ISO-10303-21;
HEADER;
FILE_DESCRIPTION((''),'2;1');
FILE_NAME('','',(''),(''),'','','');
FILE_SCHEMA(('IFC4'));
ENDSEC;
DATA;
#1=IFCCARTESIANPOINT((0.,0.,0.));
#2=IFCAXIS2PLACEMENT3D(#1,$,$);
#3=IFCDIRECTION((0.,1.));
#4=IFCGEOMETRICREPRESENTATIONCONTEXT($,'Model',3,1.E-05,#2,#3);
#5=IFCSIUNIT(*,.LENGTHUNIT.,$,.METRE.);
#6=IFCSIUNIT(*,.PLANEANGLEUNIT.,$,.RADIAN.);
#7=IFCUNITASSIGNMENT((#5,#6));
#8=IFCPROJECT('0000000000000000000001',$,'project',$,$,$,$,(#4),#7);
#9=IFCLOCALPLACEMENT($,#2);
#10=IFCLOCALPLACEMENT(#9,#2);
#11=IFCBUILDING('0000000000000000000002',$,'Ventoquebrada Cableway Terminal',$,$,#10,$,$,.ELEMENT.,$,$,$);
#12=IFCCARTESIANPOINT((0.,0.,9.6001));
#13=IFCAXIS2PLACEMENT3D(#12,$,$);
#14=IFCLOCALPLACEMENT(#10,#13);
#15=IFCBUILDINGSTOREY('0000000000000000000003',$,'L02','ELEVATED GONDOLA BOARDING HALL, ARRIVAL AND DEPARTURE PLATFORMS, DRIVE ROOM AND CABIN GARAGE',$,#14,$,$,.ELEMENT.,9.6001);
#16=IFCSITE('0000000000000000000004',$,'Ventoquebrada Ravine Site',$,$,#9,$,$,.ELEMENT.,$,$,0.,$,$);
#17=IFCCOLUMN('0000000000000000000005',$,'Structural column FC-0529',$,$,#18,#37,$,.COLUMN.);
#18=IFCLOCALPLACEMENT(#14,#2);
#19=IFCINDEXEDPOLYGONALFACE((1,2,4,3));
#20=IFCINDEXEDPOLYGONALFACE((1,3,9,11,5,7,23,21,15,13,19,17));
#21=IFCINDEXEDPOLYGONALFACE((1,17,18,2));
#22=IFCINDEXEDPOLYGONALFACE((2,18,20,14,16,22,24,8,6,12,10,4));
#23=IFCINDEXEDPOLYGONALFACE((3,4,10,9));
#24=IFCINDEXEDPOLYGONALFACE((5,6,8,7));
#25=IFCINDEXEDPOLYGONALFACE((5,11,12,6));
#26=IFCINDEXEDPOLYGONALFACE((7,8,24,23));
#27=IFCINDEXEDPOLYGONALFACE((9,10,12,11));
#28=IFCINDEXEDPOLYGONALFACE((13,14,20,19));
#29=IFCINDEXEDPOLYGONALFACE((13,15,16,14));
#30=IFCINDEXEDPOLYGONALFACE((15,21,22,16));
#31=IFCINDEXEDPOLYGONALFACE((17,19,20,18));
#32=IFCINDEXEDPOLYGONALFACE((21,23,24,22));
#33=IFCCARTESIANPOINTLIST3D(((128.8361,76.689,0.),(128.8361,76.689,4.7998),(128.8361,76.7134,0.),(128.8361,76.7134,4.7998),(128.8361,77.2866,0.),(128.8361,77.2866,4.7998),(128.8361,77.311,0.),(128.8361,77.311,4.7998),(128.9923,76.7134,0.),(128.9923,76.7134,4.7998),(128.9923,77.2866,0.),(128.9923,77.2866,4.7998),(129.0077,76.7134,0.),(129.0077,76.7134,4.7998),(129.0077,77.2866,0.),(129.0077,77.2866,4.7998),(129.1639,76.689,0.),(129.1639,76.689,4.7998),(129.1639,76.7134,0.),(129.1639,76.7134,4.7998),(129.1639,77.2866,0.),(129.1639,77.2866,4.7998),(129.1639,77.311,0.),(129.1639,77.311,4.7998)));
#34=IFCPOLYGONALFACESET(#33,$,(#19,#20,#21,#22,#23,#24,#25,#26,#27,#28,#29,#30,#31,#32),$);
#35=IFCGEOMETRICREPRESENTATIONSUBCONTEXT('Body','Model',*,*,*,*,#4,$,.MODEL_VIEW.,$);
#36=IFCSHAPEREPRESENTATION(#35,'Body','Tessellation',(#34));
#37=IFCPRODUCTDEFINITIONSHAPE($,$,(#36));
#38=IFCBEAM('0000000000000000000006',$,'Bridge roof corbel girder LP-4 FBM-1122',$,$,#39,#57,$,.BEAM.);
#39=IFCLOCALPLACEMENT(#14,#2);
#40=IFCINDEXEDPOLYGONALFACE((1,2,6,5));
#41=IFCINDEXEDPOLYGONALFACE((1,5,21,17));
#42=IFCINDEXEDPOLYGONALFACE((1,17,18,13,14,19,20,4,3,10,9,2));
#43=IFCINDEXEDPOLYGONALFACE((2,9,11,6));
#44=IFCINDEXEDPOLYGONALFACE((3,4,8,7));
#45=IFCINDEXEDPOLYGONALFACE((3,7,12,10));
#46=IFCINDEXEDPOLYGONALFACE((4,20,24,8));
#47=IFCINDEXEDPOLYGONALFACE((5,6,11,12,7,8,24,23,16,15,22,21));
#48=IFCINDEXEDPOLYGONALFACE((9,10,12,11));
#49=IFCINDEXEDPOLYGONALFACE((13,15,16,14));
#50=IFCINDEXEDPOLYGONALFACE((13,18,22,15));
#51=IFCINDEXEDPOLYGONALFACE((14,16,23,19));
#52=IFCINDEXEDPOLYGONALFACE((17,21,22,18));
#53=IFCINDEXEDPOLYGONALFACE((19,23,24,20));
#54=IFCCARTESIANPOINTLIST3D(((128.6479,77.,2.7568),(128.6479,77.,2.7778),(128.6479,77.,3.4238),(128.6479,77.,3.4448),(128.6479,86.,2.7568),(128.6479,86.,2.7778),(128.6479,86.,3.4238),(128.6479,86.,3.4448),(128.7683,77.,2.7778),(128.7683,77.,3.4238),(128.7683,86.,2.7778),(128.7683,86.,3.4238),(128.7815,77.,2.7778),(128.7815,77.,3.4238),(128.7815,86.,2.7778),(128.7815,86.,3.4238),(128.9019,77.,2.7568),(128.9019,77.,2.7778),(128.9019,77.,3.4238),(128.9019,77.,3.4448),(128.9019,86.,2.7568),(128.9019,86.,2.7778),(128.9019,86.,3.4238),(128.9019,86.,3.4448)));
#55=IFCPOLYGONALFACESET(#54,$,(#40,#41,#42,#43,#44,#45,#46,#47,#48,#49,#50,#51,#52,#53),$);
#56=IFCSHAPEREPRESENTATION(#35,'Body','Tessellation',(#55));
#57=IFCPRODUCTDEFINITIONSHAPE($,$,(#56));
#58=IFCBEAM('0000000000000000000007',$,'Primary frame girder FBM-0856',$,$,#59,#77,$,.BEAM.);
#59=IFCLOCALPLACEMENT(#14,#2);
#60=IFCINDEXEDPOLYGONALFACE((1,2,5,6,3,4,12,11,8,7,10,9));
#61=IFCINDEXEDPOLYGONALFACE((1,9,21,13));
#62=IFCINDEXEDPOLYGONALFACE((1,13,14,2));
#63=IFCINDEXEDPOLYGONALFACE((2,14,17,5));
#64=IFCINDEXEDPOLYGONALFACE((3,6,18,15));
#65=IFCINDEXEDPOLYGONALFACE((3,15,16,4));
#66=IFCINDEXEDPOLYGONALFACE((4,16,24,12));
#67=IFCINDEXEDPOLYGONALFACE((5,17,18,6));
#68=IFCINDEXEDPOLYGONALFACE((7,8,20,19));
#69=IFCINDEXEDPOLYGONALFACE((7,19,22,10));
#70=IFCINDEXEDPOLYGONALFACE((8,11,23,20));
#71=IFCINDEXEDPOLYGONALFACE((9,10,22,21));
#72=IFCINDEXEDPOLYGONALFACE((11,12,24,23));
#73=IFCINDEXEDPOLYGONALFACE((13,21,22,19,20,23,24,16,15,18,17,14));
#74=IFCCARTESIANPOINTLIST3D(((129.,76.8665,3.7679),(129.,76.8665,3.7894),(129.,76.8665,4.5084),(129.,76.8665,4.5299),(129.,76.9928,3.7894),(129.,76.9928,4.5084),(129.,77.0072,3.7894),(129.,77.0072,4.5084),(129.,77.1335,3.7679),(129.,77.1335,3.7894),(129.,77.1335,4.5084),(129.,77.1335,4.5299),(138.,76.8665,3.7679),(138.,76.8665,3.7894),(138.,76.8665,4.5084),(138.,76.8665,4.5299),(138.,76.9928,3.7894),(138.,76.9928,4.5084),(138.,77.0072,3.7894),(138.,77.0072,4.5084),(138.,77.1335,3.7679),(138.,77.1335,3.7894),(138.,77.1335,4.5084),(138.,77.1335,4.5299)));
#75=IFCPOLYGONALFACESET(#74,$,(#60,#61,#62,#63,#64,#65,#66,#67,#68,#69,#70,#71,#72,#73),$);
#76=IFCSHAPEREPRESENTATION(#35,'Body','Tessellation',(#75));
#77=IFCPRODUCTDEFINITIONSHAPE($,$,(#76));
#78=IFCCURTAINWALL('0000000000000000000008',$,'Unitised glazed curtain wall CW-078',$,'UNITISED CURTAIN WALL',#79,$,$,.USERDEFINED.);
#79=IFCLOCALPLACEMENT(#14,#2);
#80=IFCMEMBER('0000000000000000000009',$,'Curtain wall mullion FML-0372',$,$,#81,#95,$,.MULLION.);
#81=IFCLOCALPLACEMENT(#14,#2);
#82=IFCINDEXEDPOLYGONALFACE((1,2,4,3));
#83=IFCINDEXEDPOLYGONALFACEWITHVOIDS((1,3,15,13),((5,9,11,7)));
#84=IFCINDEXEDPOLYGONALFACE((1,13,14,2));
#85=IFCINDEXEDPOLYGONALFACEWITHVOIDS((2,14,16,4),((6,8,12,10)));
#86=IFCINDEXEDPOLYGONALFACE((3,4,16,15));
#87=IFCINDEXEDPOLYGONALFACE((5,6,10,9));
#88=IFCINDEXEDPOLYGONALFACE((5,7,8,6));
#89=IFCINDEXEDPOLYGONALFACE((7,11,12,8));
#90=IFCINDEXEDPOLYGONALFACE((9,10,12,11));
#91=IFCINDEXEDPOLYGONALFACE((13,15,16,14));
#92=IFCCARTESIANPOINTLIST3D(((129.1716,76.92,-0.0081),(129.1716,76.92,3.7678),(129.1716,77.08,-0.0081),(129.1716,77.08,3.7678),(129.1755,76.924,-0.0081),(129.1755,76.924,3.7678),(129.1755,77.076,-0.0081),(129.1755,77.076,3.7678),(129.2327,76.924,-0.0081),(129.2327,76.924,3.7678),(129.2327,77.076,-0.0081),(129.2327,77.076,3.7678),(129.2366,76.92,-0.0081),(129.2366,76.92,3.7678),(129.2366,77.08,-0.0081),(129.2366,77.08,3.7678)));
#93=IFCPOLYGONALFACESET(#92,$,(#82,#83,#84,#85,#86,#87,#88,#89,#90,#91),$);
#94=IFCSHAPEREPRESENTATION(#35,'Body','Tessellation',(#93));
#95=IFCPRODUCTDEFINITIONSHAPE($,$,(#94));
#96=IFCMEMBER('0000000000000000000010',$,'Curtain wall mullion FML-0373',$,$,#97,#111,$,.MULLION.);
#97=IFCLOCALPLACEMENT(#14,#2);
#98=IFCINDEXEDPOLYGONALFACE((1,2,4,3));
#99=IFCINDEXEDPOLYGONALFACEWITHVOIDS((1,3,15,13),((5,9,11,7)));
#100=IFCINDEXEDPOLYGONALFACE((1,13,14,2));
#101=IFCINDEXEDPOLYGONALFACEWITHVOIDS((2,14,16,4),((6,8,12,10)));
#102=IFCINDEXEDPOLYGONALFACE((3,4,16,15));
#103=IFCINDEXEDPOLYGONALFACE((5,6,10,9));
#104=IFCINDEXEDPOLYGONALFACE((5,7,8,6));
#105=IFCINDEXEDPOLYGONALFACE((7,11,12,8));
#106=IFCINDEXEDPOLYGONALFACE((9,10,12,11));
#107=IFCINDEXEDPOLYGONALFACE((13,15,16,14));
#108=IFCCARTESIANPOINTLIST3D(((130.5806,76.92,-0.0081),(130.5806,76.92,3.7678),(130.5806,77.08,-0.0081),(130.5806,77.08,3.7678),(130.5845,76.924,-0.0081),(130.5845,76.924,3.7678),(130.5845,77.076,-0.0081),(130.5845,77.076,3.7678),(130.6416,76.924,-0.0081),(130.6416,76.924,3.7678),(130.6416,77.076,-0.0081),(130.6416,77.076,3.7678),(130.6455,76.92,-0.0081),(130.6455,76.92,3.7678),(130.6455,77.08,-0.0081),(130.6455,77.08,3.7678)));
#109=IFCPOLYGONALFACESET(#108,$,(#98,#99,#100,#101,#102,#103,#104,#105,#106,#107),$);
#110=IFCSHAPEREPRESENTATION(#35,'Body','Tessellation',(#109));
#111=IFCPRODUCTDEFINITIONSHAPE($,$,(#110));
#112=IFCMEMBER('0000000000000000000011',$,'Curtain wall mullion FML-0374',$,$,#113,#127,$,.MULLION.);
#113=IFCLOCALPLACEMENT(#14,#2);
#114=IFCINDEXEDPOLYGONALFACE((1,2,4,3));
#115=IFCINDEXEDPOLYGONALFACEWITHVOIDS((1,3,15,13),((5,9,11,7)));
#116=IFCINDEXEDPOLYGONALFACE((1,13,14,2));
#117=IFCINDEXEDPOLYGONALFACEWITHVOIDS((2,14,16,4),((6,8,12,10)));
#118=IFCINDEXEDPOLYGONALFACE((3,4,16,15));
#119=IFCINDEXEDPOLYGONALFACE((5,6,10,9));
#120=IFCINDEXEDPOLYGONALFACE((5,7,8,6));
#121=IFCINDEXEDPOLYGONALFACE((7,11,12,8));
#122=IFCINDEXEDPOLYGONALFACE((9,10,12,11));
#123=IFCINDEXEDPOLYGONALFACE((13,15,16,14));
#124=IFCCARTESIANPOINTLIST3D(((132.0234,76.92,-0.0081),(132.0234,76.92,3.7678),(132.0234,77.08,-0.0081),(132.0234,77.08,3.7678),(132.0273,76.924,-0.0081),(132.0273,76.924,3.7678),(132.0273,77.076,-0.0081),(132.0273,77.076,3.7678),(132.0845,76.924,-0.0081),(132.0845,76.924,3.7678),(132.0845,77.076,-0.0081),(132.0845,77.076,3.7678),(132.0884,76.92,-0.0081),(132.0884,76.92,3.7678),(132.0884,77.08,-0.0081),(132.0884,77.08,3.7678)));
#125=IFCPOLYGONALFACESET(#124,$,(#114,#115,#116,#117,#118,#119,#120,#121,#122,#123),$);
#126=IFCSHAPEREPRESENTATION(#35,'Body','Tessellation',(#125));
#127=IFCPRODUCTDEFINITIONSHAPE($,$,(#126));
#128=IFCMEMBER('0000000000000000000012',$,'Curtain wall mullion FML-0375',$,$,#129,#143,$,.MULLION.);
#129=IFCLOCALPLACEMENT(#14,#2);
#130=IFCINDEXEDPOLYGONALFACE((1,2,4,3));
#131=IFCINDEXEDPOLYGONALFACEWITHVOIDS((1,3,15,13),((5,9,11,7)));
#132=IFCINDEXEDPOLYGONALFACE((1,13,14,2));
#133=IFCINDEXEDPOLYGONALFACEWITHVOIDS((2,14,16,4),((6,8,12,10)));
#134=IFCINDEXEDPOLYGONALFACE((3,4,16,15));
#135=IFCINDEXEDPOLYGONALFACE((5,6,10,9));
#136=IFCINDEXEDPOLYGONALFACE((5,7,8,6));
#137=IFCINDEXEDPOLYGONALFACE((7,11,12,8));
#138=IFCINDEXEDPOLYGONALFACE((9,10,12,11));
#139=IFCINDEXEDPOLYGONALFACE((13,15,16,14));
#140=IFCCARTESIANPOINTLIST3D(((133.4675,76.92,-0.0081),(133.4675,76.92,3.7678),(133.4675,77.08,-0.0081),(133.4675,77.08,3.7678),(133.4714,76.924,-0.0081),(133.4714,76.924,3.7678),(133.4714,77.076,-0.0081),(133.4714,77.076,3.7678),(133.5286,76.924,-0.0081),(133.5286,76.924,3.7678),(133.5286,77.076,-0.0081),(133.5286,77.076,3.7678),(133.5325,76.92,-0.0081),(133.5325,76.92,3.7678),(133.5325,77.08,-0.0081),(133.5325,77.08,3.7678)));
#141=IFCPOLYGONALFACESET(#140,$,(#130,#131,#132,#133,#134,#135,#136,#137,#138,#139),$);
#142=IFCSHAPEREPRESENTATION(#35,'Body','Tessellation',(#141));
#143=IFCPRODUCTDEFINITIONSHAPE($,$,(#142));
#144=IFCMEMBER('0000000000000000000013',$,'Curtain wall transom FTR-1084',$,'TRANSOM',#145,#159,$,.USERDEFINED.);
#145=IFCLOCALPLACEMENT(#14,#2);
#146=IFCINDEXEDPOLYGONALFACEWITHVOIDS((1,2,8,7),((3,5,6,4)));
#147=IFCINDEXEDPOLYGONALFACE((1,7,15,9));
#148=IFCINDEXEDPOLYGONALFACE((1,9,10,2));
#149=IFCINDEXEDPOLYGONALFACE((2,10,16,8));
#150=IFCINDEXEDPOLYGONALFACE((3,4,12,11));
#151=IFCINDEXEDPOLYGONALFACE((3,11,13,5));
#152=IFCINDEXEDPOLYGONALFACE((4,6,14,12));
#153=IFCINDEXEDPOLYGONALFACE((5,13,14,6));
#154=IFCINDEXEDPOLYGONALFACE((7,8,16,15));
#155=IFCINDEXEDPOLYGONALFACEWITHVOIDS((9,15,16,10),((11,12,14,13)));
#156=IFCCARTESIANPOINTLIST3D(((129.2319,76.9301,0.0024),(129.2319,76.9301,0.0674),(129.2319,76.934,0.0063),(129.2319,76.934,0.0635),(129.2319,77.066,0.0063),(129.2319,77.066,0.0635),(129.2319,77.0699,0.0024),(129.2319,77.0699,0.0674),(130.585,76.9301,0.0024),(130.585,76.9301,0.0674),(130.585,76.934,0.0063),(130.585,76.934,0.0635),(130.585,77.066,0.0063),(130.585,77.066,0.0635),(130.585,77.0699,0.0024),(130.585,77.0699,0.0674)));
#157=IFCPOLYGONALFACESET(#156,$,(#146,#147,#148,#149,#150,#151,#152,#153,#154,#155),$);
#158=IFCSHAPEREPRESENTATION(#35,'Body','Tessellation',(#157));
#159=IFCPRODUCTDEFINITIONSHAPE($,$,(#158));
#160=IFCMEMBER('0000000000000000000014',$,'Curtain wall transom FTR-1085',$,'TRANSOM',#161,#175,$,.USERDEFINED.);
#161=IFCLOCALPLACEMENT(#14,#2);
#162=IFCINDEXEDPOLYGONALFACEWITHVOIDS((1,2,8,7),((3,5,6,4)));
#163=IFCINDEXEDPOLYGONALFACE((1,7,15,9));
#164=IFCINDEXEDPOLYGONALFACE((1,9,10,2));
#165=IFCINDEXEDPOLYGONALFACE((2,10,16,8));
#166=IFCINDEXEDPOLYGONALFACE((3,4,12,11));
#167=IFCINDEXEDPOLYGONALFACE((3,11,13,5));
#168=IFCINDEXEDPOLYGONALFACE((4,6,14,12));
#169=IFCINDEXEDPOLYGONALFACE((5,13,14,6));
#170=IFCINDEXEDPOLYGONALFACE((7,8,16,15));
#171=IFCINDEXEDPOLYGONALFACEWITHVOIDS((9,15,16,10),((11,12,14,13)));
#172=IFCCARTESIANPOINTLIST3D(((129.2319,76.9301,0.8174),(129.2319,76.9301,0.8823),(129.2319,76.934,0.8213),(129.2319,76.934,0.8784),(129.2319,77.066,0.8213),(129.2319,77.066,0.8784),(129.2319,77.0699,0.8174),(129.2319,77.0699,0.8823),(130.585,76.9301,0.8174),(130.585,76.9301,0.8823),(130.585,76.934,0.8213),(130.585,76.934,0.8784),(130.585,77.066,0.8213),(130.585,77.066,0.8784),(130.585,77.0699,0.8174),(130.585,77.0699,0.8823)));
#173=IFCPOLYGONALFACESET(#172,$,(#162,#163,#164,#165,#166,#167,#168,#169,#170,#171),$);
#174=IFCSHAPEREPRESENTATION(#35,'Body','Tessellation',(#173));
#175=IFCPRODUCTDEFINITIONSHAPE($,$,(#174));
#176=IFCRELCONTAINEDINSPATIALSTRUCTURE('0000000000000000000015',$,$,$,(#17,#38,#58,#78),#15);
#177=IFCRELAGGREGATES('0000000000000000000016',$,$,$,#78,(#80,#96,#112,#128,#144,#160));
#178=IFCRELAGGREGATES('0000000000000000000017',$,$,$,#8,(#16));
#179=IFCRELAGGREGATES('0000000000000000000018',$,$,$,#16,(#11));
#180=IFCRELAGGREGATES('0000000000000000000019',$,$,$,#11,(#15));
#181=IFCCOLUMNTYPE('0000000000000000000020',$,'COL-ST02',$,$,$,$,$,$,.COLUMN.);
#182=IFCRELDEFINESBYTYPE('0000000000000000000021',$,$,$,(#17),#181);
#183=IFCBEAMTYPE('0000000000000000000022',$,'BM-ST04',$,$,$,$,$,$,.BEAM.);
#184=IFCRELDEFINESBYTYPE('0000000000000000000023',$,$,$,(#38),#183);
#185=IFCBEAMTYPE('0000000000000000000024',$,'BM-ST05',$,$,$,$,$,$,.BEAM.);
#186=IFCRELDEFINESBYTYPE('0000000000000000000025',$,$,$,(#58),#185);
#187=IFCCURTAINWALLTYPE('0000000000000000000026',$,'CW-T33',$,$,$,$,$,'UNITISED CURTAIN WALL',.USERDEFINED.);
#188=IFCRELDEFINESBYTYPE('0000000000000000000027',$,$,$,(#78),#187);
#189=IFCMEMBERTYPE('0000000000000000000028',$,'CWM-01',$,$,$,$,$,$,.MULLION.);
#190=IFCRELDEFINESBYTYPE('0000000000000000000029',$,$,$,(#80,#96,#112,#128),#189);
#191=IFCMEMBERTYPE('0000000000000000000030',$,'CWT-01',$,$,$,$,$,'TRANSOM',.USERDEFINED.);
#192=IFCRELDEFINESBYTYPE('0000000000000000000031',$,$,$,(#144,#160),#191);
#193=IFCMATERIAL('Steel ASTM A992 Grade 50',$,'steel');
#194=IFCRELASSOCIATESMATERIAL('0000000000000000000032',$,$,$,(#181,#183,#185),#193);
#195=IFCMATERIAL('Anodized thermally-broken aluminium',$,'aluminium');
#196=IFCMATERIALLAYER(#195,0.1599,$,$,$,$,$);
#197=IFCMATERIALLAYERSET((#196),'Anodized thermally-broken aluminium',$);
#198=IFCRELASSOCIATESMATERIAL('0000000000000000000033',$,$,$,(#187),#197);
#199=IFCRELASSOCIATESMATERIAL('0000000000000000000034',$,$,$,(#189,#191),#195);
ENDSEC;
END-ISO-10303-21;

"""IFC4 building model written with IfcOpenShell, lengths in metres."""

from ifc_helpers import new_model, si_unit, direction, frame, origin, origin_2d, place, context, subcontext, project, spatial, hollow_rectangle, i_section, extrude, material, layer, layer_set, material_profile, profile_set, type_object, element, aggregate, save


model = new_model("IFC4")

# Units and contexts
model_context = context("Model", 3, precision=1e-05, world=origin(), true_north=direction((0.0, 1.0)))
body_context = subcontext(model_context, "Body", "Model", "MODEL_VIEW")
ifc_project = project(units=[si_unit("LENGTHUNIT", "METRE"), si_unit("PLANEANGLEUNIT", "RADIAN")], contexts=[model_context])

# Site, building, storey
site_placement = place(None, origin())
site = spatial("IfcSite", under=ifc_project, at=site_placement, Name="Ventoquebrada Ravine Site", CompositionType="ELEMENT", RefElevation=0.0)
building_placement = place(site_placement, origin())
building = spatial("IfcBuilding", under=site, at=building_placement, Name="Ventoquebrada Cableway Terminal", CompositionType="ELEMENT")
storey_placement = place(building_placement, frame((0.0, 0.0, 9.6001)))
storey = spatial("IfcBuildingStorey", under=building, at=storey_placement, Name="L02", Description="ELEVATED GONDOLA BOARDING HALL, ARRIVAL AND DEPARTURE PLATFORMS, DRIVE ROOM AND CABIN GARAGE", CompositionType="ELEMENT", Elevation=9.6001)

# Column
ifc_material_1 = material(Name="Steel ASTM A992 Grade 50", Category="steel")
ifc_material_profile_1 = material_profile(ifc_material_1, i_section(OverallWidth=0.3279, OverallDepth=0.6221, WebThickness=0.0154, FlangeThickness=0.0244, at=origin_2d()), Name="W24X131")
ifc_profile_set_1 = profile_set([ifc_material_profile_1], Name="Steel ASTM A992 Grade 50")
column_type = type_object("IfcColumnType", Name="COL-ST02", PredefinedType="COLUMN", material=ifc_profile_set_1)
column_placement = place(storey_placement, frame((129.0, 77.0, 0.0), z_axis=(0.0, 0.0, 1.0), x_axis=(1.0, 0.0, 0.0)))
element("IfcColumn", 1, at=column_placement, inside=storey, type_object=column_type, Name="Structural column FC-0529", PredefinedType="COLUMN", context=body_context, shape_type="SweptSolid", body=[
    extrude(i_section(OverallWidth=0.3279, OverallDepth=0.6221, WebThickness=0.0154, FlangeThickness=0.0244, at=origin_2d()), origin(), (0.0, 0.0, 1.0), 4.7998),
])

# Beams
ifc_material_profile_2 = material_profile(ifc_material_1, i_section(OverallWidth=0.2539, OverallDepth=0.688, WebThickness=0.0132, FlangeThickness=0.021, at=origin_2d()), Name="W27X102")
ifc_profile_set_2 = profile_set([ifc_material_profile_2], Name="Steel ASTM A992 Grade 50")
beam_type_1 = type_object("IfcBeamType", Name="BM-ST04", PredefinedType="BEAM", material=ifc_profile_set_2)
beam_1_placement = place(storey_placement, frame((128.7749, 77.0, 3.1008), z_axis=(0.0, 1.0, 0.0), x_axis=(-1.0, 0.0, 0.0)))
element("IfcBeam", 2, at=beam_1_placement, inside=storey, type_object=beam_type_1, Name="Bridge roof corbel girder LP-4 FBM-1122", PredefinedType="BEAM", context=body_context, shape_type="SweptSolid", body=[
    extrude(i_section(OverallWidth=0.2539, OverallDepth=0.688, WebThickness=0.0132, FlangeThickness=0.021, at=origin_2d()), origin(), (0.0, 0.0, 1.0), 9.0),
])
ifc_material_profile_3 = material_profile(ifc_material_1, i_section(OverallWidth=0.2671, OverallDepth=0.762, WebThickness=0.0144, FlangeThickness=0.0215, at=origin_2d()), Name="W30X116")
ifc_profile_set_3 = profile_set([ifc_material_profile_3], Name="Steel ASTM A992 Grade 50")
beam_type_2 = type_object("IfcBeamType", Name="BM-ST05", PredefinedType="BEAM", material=ifc_profile_set_3)
beam_2_placement = place(storey_placement, frame((129.0, 77.0, 4.1489), z_axis=(1.0, 0.0, 0.0), x_axis=(0.0, 1.0, 0.0)))
element("IfcBeam", 3, at=beam_2_placement, inside=storey, type_object=beam_type_2, Name="Primary frame girder FBM-0856", PredefinedType="BEAM", context=body_context, shape_type="SweptSolid", body=[
    extrude(i_section(OverallWidth=0.2671, OverallDepth=0.762, WebThickness=0.0144, FlangeThickness=0.0215, at=origin_2d()), origin(), (0.0, 0.0, 1.0), 9.0),
])

# Curtain wall, members
ifc_material_2 = material(Name="Anodized thermally-broken aluminium", Category="aluminium")
ifc_layer_1 = layer(ifc_material_2, 0.1599)
ifc_layer_set_1 = layer_set([ifc_layer_1], Name="Anodized thermally-broken aluminium")
curtain_wall_type = type_object("IfcCurtainWallType", Name="CW-T33", ElementType="UNITISED CURTAIN WALL", PredefinedType="USERDEFINED", material=ifc_layer_set_1)
curtain_wall_placement = place(storey_placement, origin())
curtain_wall = element("IfcCurtainWall", 4, at=curtain_wall_placement, inside=storey, type_object=curtain_wall_type, Name="Unitised glazed curtain wall CW-078", ObjectType="UNITISED CURTAIN WALL", PredefinedType="USERDEFINED")
ifc_material_profile_4 = material_profile(ifc_material_2, hollow_rectangle(XDim=0.0649, YDim=0.1599, WallThickness=0.0039, at=origin_2d()), Name="CW-MUL-65X160")
ifc_profile_set_4 = profile_set([ifc_material_profile_4], Name="Anodized thermally-broken aluminium")
member_type_1 = type_object("IfcMemberType", Name="CWM-01", PredefinedType="MULLION", material=ifc_profile_set_4)
member_1_placement = place(storey_placement, frame((129.2041, 77.0, -0.0081), z_axis=(0.0, 0.0, 1.0), x_axis=(1.0, 0.0, 0.0)))
member_1 = element("IfcMember", 5, at=member_1_placement, type_object=member_type_1, Name="Curtain wall mullion FML-0372", PredefinedType="MULLION", context=body_context, shape_type="SweptSolid", body=[
    extrude(hollow_rectangle(XDim=0.0649, YDim=0.1599, WallThickness=0.0039, at=origin_2d()), origin(), (0.0, 0.0, 1.0), 3.7759),
])
member_2_placement = place(storey_placement, frame((130.613, 77.0, -0.0081), z_axis=(0.0, 0.0, 1.0), x_axis=(1.0, 0.0, 0.0)))
member_2 = element("IfcMember", 6, at=member_2_placement, type_object=member_type_1, Name="Curtain wall mullion FML-0373", PredefinedType="MULLION", context=body_context, shape_type="SweptSolid", body=[
    extrude(hollow_rectangle(XDim=0.0649, YDim=0.1599, WallThickness=0.0039, at=origin_2d()), origin(), (0.0, 0.0, 1.0), 3.7759),
])
member_3_placement = place(storey_placement, frame((132.0559, 77.0, -0.0081), z_axis=(0.0, 0.0, 1.0), x_axis=(1.0, 0.0, 0.0)))
member_3 = element("IfcMember", 7, at=member_3_placement, type_object=member_type_1, Name="Curtain wall mullion FML-0374", PredefinedType="MULLION", context=body_context, shape_type="SweptSolid", body=[
    extrude(hollow_rectangle(XDim=0.0649, YDim=0.1599, WallThickness=0.0039, at=origin_2d()), origin(), (0.0, 0.0, 1.0), 3.7759),
])
member_4_placement = place(storey_placement, frame((133.5, 77.0, -0.0081), z_axis=(0.0, 0.0, 1.0), x_axis=(1.0, 0.0, 0.0)))
member_4 = element("IfcMember", 8, at=member_4_placement, type_object=member_type_1, Name="Curtain wall mullion FML-0375", PredefinedType="MULLION", context=body_context, shape_type="SweptSolid", body=[
    extrude(hollow_rectangle(XDim=0.0649, YDim=0.1599, WallThickness=0.0039, at=origin_2d()), origin(), (0.0, 0.0, 1.0), 3.7759),
])
ifc_material_profile_5 = material_profile(ifc_material_2, hollow_rectangle(XDim=0.0649, YDim=0.1399, WallThickness=0.0039, at=origin_2d()), Name="CW-TRN-65X140")
ifc_profile_set_5 = profile_set([ifc_material_profile_5], Name="Anodized thermally-broken aluminium")
member_type_2 = type_object("IfcMemberType", Name="CWT-01", ElementType="TRANSOM", PredefinedType="USERDEFINED", material=ifc_profile_set_5)
member_5_placement = place(storey_placement, frame((129.2319, 77.0, 0.0349), z_axis=(1.0, 0.0, 0.0), x_axis=(0.0, 0.0, 1.0)))
member_5 = element("IfcMember", 9, at=member_5_placement, type_object=member_type_2, Name="Curtain wall transom FTR-1084", ObjectType="TRANSOM", PredefinedType="USERDEFINED", context=body_context, shape_type="SweptSolid", body=[
    extrude(hollow_rectangle(XDim=0.0649, YDim=0.1399, WallThickness=0.0039, at=origin_2d()), origin(), (0.0, 0.0, 1.0), 1.353),
])
member_6_placement = place(storey_placement, frame((129.2319, 77.0, 0.8499), z_axis=(1.0, 0.0, 0.0), x_axis=(0.0, 0.0, 1.0)))
member_6 = element("IfcMember", 10, at=member_6_placement, type_object=member_type_2, Name="Curtain wall transom FTR-1085", ObjectType="TRANSOM", PredefinedType="USERDEFINED", context=body_context, shape_type="SweptSolid", body=[
    extrude(hollow_rectangle(XDim=0.0649, YDim=0.1399, WallThickness=0.0039, at=origin_2d()), origin(), (0.0, 0.0, 1.0), 1.353),
])

aggregate(curtain_wall, [member_1, member_2, member_3, member_4, member_5, member_6])

save(model, "model.ifc")
